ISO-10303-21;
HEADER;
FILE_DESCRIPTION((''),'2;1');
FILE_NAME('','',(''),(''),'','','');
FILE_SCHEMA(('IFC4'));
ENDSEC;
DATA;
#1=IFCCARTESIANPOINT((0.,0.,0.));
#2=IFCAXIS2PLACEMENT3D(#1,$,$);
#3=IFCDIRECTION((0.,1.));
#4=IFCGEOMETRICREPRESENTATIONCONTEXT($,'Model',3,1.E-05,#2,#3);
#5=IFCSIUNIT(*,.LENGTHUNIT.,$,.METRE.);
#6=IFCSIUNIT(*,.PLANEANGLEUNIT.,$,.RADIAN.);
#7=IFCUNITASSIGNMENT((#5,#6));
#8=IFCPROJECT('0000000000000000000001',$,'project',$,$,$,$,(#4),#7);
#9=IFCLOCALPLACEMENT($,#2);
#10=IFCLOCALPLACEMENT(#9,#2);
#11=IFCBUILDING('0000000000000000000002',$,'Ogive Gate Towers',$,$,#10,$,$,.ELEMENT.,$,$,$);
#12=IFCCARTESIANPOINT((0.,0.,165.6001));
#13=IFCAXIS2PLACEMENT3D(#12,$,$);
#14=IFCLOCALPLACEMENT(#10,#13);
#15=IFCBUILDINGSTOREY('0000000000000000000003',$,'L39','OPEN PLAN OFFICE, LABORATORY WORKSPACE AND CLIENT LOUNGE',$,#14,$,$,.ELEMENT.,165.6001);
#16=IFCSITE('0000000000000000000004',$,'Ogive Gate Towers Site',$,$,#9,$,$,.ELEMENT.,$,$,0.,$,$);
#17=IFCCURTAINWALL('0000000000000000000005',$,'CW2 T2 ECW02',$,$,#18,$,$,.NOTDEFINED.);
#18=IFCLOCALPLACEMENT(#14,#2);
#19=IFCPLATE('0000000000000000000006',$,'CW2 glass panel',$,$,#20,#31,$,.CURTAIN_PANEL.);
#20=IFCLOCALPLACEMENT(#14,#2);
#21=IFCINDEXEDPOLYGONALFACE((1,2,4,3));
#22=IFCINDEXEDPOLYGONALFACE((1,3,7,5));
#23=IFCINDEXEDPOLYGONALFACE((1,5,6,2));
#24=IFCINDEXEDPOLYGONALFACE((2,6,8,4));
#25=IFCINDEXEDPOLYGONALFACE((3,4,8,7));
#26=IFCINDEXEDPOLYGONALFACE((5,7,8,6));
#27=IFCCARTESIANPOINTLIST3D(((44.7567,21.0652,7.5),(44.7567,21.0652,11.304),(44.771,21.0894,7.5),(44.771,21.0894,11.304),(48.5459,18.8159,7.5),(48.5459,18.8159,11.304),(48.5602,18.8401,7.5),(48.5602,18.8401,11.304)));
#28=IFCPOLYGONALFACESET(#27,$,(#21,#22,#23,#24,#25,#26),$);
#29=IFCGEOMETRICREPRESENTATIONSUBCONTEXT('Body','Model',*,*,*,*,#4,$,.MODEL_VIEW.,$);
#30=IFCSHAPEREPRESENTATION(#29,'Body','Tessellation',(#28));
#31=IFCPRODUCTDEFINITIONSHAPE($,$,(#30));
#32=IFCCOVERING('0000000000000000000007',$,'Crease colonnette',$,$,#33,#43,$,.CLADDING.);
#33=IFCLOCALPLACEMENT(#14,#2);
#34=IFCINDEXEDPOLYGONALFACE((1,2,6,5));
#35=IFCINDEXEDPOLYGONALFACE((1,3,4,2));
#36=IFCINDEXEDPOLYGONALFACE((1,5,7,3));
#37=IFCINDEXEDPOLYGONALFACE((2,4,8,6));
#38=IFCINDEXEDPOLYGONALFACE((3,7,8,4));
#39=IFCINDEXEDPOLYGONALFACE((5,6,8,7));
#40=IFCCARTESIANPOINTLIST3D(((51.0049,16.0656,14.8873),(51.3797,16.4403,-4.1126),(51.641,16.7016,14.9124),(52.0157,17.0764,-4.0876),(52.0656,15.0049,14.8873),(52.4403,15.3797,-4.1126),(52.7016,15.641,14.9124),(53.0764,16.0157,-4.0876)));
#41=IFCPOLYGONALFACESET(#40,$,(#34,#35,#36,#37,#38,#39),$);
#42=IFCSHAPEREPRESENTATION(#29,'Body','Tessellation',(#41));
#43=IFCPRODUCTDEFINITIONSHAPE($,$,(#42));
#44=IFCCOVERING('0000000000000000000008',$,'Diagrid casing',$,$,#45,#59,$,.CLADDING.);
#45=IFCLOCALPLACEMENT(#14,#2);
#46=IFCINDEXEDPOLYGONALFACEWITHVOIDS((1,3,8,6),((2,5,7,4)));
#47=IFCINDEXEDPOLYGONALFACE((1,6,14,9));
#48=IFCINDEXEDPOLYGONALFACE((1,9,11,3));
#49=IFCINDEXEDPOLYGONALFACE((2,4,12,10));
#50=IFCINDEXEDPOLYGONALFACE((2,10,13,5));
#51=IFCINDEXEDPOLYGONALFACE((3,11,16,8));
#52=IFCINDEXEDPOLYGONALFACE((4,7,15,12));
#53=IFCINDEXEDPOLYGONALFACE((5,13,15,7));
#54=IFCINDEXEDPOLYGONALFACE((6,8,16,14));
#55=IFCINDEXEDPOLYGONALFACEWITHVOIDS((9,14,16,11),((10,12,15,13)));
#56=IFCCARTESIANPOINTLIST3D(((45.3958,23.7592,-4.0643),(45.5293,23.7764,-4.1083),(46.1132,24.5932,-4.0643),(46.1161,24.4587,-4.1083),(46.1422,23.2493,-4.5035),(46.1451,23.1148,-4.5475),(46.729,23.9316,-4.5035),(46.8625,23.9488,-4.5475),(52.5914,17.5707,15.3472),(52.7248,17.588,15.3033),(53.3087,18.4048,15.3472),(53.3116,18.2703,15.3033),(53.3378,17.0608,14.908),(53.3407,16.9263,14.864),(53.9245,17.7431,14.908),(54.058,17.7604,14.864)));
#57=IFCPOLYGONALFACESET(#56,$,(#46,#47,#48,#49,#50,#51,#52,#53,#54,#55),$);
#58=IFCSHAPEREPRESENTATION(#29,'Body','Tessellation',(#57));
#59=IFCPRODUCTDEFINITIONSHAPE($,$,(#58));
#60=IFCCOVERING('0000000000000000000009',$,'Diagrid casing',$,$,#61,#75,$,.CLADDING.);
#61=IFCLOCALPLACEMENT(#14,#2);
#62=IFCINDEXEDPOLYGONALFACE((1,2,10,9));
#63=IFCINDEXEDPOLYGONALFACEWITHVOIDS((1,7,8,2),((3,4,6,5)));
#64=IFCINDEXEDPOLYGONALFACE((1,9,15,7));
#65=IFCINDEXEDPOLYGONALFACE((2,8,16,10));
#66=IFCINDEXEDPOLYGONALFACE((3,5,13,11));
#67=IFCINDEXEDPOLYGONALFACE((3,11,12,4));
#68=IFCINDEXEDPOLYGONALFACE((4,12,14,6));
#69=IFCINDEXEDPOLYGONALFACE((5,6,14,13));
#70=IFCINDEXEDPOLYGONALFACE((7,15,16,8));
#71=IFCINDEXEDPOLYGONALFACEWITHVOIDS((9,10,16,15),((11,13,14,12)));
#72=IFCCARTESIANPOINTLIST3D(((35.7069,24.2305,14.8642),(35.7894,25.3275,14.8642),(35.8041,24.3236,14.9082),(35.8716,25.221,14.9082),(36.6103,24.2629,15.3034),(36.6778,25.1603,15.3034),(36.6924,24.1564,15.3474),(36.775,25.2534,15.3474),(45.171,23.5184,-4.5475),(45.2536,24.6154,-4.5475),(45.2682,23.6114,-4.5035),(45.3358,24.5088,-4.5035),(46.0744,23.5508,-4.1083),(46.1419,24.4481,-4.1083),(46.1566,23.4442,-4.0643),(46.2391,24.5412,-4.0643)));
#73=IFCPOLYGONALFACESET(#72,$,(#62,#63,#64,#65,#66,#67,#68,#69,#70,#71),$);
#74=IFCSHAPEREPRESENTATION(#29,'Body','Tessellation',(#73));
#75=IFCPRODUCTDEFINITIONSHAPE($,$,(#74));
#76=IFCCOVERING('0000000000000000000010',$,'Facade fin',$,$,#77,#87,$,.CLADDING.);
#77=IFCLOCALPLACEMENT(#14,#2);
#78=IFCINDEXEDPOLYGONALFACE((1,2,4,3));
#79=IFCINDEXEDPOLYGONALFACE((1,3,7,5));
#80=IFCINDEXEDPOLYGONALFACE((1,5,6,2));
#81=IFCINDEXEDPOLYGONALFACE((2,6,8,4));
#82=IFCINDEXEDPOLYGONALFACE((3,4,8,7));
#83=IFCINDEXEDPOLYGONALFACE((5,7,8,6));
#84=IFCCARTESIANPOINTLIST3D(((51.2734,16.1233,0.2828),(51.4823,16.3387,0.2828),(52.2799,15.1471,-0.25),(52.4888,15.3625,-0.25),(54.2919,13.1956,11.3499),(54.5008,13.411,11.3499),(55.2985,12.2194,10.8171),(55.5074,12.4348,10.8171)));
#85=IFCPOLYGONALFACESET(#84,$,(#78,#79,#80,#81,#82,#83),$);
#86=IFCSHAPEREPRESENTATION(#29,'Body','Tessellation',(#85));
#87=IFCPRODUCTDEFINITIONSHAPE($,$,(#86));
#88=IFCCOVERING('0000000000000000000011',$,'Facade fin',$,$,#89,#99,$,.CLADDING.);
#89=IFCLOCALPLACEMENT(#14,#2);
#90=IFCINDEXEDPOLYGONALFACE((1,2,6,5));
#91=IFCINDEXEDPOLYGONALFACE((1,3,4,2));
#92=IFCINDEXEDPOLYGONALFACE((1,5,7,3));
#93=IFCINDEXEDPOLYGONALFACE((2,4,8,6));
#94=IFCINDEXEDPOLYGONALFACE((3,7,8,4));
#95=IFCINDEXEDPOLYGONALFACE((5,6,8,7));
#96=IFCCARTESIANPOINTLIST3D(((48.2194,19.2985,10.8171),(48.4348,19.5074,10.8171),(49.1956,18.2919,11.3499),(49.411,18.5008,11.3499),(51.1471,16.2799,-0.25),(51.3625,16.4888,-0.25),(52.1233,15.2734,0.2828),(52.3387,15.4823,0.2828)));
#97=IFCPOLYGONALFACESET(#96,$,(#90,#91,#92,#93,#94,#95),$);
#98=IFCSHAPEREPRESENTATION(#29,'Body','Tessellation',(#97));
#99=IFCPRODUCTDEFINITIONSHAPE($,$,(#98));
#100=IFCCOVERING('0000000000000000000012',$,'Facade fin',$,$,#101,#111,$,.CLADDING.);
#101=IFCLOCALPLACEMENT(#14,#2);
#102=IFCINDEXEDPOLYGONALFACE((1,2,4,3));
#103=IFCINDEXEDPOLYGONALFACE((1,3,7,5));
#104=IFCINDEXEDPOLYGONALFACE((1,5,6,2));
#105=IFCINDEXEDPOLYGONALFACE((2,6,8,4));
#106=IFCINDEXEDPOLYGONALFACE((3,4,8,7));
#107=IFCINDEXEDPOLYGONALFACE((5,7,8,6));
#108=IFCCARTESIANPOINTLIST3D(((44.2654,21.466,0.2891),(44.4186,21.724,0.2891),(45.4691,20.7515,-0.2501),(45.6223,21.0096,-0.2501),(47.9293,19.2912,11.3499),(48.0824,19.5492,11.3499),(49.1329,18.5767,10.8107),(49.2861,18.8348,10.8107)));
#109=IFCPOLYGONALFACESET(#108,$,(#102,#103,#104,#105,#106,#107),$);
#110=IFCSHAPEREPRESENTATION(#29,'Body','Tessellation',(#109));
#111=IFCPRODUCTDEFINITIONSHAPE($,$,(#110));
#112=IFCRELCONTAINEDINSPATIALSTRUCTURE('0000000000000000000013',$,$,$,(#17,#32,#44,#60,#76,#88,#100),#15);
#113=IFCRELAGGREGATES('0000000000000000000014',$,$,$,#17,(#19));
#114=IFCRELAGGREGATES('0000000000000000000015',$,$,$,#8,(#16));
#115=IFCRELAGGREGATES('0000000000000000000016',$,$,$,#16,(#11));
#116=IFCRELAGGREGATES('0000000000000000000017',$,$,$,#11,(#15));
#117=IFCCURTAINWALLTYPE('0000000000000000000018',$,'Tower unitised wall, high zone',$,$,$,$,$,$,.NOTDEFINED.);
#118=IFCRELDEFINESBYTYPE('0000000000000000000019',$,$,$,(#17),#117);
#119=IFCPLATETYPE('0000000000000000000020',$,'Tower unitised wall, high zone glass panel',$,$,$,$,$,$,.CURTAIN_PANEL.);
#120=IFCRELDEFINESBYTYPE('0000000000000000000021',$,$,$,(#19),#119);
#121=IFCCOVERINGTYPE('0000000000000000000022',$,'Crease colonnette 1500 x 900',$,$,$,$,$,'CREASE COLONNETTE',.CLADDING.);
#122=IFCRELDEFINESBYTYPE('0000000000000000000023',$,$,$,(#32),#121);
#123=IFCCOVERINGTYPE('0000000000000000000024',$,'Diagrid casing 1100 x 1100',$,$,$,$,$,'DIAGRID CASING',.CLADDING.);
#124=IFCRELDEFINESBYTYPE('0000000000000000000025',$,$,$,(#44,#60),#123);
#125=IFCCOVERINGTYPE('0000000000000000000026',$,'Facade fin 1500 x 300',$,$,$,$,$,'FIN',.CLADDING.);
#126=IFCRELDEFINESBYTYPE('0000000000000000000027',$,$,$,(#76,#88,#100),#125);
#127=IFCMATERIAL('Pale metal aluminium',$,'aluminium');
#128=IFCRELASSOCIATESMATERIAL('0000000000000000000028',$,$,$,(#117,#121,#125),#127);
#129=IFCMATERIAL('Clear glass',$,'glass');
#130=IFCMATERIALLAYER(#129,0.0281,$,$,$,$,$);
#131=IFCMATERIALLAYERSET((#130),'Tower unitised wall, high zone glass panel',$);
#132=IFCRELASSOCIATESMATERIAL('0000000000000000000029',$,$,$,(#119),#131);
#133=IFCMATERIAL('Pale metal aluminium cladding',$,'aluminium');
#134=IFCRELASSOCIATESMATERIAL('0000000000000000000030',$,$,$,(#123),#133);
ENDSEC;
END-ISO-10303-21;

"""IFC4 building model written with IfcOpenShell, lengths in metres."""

from ifc_helpers import new_model, si_unit, direction, frame, origin, origin_2d, place, context, subcontext, project, spatial, rectangle, hollow_rectangle, extrude, material, layer, layer_set, material_profile, profile_set, type_object, element, aggregate, save


model = new_model("IFC4")

# Units and contexts
model_context = context("Model", 3, precision=1e-05, world=origin(), true_north=direction((0.0, 1.0)))
body_context = subcontext(model_context, "Body", "Model", "MODEL_VIEW")
ifc_project = project(units=[si_unit("LENGTHUNIT", "METRE"), si_unit("PLANEANGLEUNIT", "RADIAN")], contexts=[model_context])

# Site, building, storey
site_placement = place(None, origin())
site = spatial("IfcSite", under=ifc_project, at=site_placement, Name="Ogive Gate Towers Site", CompositionType="ELEMENT", RefElevation=0.0)
building_placement = place(site_placement, origin())
building = spatial("IfcBuilding", under=site, at=building_placement, Name="Ogive Gate Towers", CompositionType="ELEMENT")
storey_placement = place(building_placement, frame((0.0, 0.0, 165.6001)))
storey = spatial("IfcBuildingStorey", under=building, at=storey_placement, Name="L39", Description="OPEN PLAN OFFICE, LABORATORY WORKSPACE AND CLIENT LOUNGE", CompositionType="ELEMENT", Elevation=165.6001)

# Shared definitions
ifc_material_1 = material(Name="Pale metal aluminium", Category="aluminium")
curtain_wall_type = type_object("IfcCurtainWallType", Name="Tower unitised wall, high zone", PredefinedType="NOTDEFINED", material=ifc_material_1)

# Curtain wall
curtain_wall_1_placement = place(storey_placement, origin())
curtain_wall_1 = element("IfcCurtainWall", 1, at=curtain_wall_1_placement, inside=storey, type_object=curtain_wall_type, Name="CW2 T2 ECW02", PredefinedType="NOTDEFINED")

# Plate
ifc_material_2 = material(Name="Clear glass", Category="glass")
ifc_layer = layer(ifc_material_2, 0.0281)
ifc_layer_set = layer_set([ifc_layer], Name="Tower unitised wall, high zone glass panel")
plate_type = type_object("IfcPlateType", Name="Tower unitised wall, high zone glass panel", PredefinedType="CURTAIN_PANEL", material=ifc_layer_set)
plate_1_placement = place(storey_placement, frame((46.6584, 19.9526, 7.5), z_axis=(0.0, 0.0, 1.0), x_axis=(-0.859906, 0.510453, 0.0)))
plate_1 = element("IfcPlate", 2, at=plate_1_placement, type_object=plate_type, Name="CW2 glass panel", PredefinedType="CURTAIN_PANEL", context=body_context, shape_type="SweptSolid", body=[
    extrude(rectangle(XDim=4.4065, YDim=0.0281, at=origin_2d()), origin(), (0.0, 0.0, 1.0), 3.804),
])
aggregate(curtain_wall_1, [plate_1])

# Coverings
ifc_material_profile_1 = material_profile(ifc_material_1, rectangle(XDim=1.5, YDim=0.8999, at=origin_2d()), Name="1500 x 900 pale metal aluminium")
ifc_profile_set_1 = profile_set([ifc_material_profile_1], Name="Pale metal aluminium")
covering_type_1 = type_object("IfcCoveringType", Name="Crease colonnette 1500 x 900", ElementType="CREASE COLONNETTE", PredefinedType="CLADDING", material=ifc_profile_set_1)
covering_1_placement = place(storey_placement, frame((52.228, 16.228, -4.1001), z_axis=(-0.019716, -0.019716, 0.999611), x_axis=(0.707107, -0.707107, 0.0)))
element("IfcCovering", 3, at=covering_1_placement, inside=storey, type_object=covering_type_1, Name="Crease colonnette", PredefinedType="CLADDING", context=body_context, shape_type="SweptSolid", body=[
    extrude(rectangle(XDim=1.5, YDim=0.8999, at=origin_2d()), origin(), (0.0, 0.0, 1.0), 19.0073),
])
ifc_material_3 = material(Name="Pale metal aluminium cladding", Category="aluminium")
ifc_material_profile_2 = material_profile(ifc_material_3, hollow_rectangle(XDim=1.1001, YDim=1.1001, WallThickness=0.1001, at=origin_2d()), Name="1100 x 1100 pale metal casing")
ifc_profile_set_2 = profile_set([ifc_material_profile_2], Name="Pale metal aluminium cladding")
covering_type_2 = type_object("IfcCoveringType", Name="Diagrid casing 1100 x 1100", ElementType="DIAGRID CASING", PredefinedType="CLADDING", material=ifc_profile_set_2)
covering_2_placement = place(storey_placement, frame((46.1292, 23.854, -4.3059), z_axis=(0.333012, -0.286404, 0.898374), x_axis=(0.652057, 0.75817, 0.0)))
element("IfcCovering", 4, at=covering_2_placement, inside=storey, type_object=covering_type_2, Name="Diagrid casing", PredefinedType="CLADDING", context=body_context, shape_type="SweptSolid", body=[
    extrude(hollow_rectangle(XDim=1.1001, YDim=1.1001, WallThickness=0.1001, at=origin_2d()), origin(), (0.0, 0.0, 1.0), 21.6074),
])
covering_3_placement = place(storey_placement, frame((45.7051, 24.0298, -4.3059), z_axis=(-0.438, 0.032959, 0.898371), x_axis=(-0.075036, -0.997181, 0.0)))
element("IfcCovering", 5, at=covering_3_placement, inside=storey, type_object=covering_type_2, Name="Diagrid casing", PredefinedType="CLADDING", context=body_context, shape_type="SweptSolid", body=[
    extrude(hollow_rectangle(XDim=1.1001, YDim=1.1001, WallThickness=0.1001, at=origin_2d()), origin(), (0.0, 0.0, 1.0), 21.6077),
])
ifc_material_profile_3 = material_profile(ifc_material_1, rectangle(XDim=0.3, YDim=1.5, at=origin_2d()), Name="1500 x 300 pale metal aluminium")
ifc_profile_set_3 = profile_set([ifc_material_profile_3], Name="Pale metal aluminium")
covering_type_3 = type_object("IfcCoveringType", Name="Facade fin 1500 x 300", ElementType="FIN", PredefinedType="CLADDING", material=ifc_profile_set_3)
for number, where, z_axis, x_axis, name in (
    (6, (51.8811, 15.7429, 0.0164), (0.254964, -0.247293, 0.934794), (0.696226, 0.717823, 0.0), "Facade fin"),
    (7, (51.7429, 15.8811, 0.0164), (-0.247293, 0.254964, 0.934794), (-0.717823, -0.696226, 0.0), "Facade fin"),
):
    element("IfcCovering", number, at=place(storey_placement, frame(where, z_axis=z_axis, x_axis=x_axis)), inside=storey, type_object=covering_type_3, Name=name, PredefinedType="CLADDING", context=body_context, shape_type="SweptSolid", body=[
        extrude(rectangle(XDim=0.3, YDim=1.5, at=origin_2d()), origin(), (0.0, 0.0, 1.0), 11.8391),
    ])
covering_4_placement = place(storey_placement, frame((44.9438, 21.2378, 0.0195), z_axis=(0.309104, -0.183481, 0.933161), x_axis=(0.510437, 0.859915, 0.0)))
element("IfcCovering", 8, at=covering_4_placement, inside=storey, type_object=covering_type_3, Name="Facade fin", PredefinedType="CLADDING", context=body_context, shape_type="SweptSolid", body=[
    extrude(rectangle(XDim=0.3, YDim=1.5, at=origin_2d()), origin(), (0.0, 0.0, 1.0), 11.853),
])

save(model, "model.ifc")
